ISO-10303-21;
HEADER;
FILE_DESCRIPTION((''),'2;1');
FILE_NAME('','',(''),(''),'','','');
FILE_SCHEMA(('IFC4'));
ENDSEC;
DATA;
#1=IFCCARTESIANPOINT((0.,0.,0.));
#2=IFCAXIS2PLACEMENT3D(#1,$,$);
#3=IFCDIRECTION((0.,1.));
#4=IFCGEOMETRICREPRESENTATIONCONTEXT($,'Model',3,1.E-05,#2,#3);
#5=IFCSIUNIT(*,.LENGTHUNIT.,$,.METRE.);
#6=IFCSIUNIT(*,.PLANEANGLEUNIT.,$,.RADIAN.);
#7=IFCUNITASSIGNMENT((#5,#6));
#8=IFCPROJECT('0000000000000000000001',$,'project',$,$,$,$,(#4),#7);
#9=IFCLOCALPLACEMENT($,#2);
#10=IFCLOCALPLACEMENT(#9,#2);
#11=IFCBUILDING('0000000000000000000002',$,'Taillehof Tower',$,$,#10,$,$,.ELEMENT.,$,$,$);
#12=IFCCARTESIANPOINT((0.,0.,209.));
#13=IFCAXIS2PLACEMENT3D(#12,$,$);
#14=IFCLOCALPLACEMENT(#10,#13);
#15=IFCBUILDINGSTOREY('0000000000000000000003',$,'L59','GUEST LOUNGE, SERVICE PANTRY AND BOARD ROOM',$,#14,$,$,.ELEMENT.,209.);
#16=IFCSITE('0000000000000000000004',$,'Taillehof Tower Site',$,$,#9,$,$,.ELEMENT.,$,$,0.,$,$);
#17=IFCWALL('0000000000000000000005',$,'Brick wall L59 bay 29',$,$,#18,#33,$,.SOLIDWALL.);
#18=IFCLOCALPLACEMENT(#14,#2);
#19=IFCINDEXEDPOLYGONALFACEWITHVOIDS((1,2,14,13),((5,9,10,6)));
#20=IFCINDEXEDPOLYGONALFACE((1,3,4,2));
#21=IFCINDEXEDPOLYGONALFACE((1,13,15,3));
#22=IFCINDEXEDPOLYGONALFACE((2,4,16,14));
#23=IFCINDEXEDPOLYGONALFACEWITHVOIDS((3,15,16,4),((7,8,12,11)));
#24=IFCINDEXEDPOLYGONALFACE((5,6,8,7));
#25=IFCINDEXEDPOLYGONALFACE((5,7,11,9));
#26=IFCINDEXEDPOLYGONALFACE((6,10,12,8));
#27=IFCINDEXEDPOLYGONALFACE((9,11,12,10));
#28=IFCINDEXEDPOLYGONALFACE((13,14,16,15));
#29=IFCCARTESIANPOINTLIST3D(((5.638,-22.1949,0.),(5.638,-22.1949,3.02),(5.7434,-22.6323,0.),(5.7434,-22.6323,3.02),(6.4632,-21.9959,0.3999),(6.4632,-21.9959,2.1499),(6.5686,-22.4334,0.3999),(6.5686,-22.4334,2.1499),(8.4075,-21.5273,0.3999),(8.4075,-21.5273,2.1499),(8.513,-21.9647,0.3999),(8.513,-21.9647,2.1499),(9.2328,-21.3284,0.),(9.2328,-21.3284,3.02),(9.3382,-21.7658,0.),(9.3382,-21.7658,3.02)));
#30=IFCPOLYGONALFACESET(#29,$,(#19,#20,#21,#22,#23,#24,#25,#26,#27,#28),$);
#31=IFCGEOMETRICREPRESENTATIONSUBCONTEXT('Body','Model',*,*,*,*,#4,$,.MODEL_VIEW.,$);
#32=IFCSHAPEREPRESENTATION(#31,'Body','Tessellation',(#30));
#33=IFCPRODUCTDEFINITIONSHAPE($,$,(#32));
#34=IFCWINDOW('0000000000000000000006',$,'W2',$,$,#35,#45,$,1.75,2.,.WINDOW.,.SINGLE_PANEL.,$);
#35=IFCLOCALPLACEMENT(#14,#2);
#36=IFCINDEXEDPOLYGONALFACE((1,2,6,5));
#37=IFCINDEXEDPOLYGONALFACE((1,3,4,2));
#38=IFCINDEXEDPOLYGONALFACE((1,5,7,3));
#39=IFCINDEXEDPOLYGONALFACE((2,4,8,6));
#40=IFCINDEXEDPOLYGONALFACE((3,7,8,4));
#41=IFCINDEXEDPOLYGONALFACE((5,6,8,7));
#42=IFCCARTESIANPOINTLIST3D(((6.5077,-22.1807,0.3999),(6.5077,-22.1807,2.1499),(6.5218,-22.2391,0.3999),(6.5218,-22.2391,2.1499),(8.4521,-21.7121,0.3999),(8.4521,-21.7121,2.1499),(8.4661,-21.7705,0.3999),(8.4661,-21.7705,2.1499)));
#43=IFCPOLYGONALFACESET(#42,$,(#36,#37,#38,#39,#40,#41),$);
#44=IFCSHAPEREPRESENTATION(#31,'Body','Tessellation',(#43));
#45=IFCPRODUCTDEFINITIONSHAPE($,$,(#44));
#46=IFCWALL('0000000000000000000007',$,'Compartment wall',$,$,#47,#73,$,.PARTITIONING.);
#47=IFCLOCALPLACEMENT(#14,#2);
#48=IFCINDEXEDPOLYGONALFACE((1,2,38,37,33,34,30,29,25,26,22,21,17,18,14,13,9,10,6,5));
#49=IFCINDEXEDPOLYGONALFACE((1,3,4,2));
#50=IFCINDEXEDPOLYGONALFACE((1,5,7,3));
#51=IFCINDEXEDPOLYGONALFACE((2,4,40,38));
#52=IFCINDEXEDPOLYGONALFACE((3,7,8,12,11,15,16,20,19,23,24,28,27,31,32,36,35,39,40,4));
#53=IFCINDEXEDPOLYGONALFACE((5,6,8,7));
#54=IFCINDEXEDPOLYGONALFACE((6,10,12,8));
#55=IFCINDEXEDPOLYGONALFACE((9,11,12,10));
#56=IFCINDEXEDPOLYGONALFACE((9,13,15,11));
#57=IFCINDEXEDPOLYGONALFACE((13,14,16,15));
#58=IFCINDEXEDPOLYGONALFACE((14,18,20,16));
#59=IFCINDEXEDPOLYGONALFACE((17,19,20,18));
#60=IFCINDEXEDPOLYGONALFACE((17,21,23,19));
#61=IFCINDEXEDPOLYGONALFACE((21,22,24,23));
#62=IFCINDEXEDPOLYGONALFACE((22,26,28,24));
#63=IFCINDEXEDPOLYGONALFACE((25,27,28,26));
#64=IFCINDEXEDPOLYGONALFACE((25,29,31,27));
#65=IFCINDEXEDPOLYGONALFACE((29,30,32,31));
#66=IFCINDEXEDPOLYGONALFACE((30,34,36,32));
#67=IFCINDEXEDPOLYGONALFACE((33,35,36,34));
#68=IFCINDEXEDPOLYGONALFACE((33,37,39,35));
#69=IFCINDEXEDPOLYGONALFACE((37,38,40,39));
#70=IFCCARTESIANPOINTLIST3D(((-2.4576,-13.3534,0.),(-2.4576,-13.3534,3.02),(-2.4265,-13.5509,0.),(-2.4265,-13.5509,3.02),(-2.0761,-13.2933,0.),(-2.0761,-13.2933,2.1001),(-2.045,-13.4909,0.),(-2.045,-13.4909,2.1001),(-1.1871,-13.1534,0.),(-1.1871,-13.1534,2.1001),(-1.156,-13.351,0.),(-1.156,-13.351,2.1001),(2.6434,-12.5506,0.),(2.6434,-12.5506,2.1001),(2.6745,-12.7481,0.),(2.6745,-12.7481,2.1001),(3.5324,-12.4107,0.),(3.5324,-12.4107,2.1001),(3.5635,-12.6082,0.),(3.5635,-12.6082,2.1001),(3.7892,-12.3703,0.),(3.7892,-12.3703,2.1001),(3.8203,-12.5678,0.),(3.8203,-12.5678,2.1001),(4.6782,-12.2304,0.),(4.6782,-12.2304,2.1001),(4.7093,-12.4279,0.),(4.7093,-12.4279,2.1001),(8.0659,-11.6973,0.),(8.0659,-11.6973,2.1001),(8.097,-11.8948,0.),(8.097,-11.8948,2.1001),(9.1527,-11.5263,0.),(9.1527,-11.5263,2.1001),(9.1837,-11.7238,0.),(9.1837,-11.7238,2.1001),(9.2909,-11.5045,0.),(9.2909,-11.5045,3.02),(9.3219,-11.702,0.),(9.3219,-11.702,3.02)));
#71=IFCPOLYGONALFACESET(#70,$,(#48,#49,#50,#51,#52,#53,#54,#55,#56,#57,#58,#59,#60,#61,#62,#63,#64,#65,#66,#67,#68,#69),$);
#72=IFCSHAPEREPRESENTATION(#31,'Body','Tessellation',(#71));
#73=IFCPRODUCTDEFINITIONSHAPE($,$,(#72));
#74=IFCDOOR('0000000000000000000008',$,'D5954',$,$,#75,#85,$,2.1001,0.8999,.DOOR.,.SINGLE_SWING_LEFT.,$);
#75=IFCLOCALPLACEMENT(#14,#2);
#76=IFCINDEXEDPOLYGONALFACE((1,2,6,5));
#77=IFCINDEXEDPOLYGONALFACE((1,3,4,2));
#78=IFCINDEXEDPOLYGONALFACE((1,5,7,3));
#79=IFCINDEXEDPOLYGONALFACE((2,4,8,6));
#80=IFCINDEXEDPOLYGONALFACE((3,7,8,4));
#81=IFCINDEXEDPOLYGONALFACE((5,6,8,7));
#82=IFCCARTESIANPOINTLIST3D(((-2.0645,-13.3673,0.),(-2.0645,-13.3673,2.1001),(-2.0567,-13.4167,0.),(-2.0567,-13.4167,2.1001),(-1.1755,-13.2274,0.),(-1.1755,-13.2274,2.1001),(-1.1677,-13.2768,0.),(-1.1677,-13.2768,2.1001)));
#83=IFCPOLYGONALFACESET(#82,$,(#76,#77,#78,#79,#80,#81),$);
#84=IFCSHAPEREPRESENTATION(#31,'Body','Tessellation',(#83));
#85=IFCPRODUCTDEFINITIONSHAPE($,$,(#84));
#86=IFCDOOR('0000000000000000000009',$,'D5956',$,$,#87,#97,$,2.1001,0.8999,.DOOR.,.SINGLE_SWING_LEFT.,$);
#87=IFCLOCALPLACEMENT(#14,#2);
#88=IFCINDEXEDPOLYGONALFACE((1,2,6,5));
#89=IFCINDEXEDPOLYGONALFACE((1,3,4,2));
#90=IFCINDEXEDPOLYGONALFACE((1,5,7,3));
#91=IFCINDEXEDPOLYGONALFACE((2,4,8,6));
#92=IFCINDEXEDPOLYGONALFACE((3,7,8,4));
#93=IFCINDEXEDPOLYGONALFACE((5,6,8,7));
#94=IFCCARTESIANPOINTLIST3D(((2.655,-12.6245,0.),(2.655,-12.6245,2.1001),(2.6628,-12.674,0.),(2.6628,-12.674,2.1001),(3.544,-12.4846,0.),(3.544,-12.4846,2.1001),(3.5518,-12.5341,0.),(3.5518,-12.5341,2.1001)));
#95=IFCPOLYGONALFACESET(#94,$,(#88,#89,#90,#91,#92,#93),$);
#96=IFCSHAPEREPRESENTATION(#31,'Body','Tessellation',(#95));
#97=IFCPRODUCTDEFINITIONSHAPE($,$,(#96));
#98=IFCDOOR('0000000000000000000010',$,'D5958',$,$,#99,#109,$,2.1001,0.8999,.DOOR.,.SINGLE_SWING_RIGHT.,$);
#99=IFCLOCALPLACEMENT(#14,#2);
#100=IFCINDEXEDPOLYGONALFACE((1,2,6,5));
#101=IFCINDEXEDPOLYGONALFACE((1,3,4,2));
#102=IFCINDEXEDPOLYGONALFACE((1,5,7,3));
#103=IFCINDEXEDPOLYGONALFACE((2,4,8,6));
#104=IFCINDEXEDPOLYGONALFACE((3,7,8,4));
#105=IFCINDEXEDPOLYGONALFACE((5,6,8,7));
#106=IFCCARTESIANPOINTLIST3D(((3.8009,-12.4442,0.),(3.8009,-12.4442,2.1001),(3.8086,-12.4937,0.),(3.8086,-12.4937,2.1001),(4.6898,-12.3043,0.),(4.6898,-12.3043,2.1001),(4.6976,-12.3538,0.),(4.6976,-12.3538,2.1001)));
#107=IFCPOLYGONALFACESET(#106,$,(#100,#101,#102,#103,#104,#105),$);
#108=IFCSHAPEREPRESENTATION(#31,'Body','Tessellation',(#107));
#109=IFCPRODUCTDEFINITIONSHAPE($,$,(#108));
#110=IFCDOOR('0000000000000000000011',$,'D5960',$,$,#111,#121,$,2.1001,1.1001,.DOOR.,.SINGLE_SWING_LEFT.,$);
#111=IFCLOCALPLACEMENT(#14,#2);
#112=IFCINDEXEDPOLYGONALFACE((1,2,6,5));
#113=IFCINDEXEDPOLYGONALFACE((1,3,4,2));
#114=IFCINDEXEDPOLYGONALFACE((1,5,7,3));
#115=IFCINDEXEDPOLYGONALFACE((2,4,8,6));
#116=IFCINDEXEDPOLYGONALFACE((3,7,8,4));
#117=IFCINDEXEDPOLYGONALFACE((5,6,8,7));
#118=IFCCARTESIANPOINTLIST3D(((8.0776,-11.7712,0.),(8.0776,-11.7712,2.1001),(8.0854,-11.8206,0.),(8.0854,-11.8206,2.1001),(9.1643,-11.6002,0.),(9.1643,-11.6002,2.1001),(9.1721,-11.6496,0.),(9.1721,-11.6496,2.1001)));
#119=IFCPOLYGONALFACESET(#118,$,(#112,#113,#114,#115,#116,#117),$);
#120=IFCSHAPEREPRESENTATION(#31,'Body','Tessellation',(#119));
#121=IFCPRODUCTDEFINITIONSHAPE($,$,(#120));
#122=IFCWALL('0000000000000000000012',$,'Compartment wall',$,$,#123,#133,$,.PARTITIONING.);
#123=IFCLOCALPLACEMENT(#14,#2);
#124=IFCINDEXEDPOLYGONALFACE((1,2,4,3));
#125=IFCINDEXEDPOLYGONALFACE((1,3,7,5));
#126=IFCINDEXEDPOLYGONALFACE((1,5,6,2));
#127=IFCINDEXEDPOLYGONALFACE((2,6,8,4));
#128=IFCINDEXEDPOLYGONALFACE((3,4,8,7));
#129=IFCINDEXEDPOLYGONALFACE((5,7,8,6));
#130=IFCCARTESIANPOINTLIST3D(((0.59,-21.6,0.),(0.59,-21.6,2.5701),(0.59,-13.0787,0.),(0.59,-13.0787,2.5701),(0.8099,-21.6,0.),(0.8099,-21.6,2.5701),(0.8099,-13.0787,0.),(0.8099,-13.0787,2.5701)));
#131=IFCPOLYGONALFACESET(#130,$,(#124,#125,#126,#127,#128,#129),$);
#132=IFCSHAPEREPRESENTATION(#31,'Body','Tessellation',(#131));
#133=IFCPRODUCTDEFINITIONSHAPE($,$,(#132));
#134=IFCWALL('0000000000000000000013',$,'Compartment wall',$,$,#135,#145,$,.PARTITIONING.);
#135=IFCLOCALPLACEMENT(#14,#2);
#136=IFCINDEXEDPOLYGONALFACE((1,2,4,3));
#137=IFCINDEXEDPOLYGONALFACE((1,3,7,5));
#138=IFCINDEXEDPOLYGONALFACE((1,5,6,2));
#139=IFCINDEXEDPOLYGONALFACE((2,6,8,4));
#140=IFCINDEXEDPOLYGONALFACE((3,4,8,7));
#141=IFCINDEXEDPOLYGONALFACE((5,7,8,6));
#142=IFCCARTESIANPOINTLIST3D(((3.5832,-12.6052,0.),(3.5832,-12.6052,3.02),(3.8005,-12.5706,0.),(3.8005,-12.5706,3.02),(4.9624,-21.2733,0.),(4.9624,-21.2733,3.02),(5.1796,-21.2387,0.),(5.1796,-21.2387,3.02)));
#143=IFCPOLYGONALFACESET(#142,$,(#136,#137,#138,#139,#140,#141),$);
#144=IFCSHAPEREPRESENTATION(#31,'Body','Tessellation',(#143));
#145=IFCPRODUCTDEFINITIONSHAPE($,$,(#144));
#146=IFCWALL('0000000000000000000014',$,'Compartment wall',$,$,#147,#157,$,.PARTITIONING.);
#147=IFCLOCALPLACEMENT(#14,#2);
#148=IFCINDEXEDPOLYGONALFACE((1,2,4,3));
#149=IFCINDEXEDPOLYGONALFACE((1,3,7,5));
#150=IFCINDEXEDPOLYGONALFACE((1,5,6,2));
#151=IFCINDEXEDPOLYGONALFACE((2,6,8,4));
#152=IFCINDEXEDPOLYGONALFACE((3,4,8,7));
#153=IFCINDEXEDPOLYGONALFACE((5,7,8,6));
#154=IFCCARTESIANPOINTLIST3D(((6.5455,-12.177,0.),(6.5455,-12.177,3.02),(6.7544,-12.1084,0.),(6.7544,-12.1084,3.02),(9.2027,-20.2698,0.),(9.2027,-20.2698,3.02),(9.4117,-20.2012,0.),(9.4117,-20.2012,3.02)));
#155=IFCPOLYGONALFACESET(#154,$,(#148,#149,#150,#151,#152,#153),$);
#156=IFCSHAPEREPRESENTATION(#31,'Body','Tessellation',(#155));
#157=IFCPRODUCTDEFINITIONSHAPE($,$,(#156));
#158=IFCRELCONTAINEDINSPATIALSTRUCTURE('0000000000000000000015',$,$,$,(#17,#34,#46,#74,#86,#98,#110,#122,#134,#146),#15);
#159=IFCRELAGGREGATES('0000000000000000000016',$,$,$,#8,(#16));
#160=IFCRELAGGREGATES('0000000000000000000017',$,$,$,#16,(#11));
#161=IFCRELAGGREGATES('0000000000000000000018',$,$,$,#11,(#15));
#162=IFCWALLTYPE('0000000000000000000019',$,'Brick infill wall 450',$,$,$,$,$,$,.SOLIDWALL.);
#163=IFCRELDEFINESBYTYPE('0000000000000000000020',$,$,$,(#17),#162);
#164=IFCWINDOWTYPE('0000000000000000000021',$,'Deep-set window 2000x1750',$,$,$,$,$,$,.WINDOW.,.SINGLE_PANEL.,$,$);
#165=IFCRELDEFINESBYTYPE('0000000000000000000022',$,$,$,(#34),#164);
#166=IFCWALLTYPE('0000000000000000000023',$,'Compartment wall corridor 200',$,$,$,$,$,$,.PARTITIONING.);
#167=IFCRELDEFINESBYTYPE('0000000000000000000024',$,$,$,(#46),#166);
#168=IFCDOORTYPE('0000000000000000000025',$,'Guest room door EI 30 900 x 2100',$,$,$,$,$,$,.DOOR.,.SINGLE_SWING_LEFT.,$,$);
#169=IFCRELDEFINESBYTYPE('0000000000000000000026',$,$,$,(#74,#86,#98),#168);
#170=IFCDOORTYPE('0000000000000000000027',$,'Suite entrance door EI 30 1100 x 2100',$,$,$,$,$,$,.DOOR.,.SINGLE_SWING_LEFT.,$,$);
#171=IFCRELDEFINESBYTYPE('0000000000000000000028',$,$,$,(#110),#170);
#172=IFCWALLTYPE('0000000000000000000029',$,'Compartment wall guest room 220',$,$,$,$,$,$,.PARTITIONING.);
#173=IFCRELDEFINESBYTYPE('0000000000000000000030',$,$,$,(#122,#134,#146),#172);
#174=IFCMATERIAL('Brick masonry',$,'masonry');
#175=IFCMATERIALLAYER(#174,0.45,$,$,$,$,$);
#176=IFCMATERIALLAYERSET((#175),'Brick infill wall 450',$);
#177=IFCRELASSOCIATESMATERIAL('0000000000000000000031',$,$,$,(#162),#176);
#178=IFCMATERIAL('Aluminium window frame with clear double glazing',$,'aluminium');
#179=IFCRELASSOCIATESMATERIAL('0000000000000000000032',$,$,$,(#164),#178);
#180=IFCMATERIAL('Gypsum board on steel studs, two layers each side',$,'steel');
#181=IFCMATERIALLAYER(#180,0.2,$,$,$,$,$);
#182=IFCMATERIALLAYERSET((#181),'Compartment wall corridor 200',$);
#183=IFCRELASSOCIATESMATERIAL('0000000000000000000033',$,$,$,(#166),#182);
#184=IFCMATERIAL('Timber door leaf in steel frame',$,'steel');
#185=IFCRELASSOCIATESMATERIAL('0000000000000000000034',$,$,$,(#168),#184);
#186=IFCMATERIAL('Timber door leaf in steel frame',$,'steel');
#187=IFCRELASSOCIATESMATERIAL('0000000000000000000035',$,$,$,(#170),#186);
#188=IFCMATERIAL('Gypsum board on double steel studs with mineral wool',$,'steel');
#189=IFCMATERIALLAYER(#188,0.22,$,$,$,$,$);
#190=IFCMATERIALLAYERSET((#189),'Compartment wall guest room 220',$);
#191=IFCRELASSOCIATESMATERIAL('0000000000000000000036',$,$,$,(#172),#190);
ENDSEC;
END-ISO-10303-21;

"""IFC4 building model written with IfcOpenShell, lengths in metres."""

from ifc_helpers import new_model, si_unit, direction, frame, frame_2d, origin, place, context, subcontext, project, spatial, rectangle, extrude, material, layer, layer_set, type_object, element, fill, save


model = new_model("IFC4")

# Units and contexts
model_context = context("Model", 3, precision=1e-05, world=origin(), true_north=direction((0.0, 1.0)))
body_context = subcontext(model_context, "Body", "Model", "MODEL_VIEW")
ifc_project = project(units=[si_unit("LENGTHUNIT", "METRE"), si_unit("PLANEANGLEUNIT", "RADIAN")], contexts=[model_context])

# Site, building, storey
site_placement = place(None, origin())
site = spatial("IfcSite", under=ifc_project, at=site_placement, Name="Taillehof Tower Site", CompositionType="ELEMENT", RefElevation=0.0)
building_placement = place(site_placement, origin())
building = spatial("IfcBuilding", under=site, at=building_placement, Name="Taillehof Tower", CompositionType="ELEMENT")
storey_placement = place(building_placement, frame((0.0, 0.0, 209.0)))
storey = spatial("IfcBuildingStorey", under=building, at=storey_placement, Name="L59", Description="GUEST LOUNGE, SERVICE PANTRY AND BOARD ROOM", CompositionType="ELEMENT", Elevation=209.0)

# Wall, opening, window
ifc_material_1 = material(Name="Brick masonry", Category="masonry")
ifc_layer_1 = layer(ifc_material_1, 0.45)
ifc_layer_set_1 = layer_set([ifc_layer_1], Name="Brick infill wall 450")
wall_type_1 = type_object("IfcWallType", Name="Brick infill wall 450", PredefinedType="SOLIDWALL", material=ifc_layer_set_1)
ifc_material_2 = material(Name="Aluminium window frame with clear double glazing", Category="aluminium")
window_type = type_object("IfcWindowType", Name="Deep-set window 2000x1750", PartitioningType="SINGLE_PANEL", PredefinedType="WINDOW", material=ifc_material_2)
wall_1_placement = place(storey_placement, frame((5.6907, -22.4136, 0.0), z_axis=(0.0, 0.0, 1.0), x_axis=(0.972158, 0.234324, 0.0)))
wall_1 = element("IfcWall", 1, at=wall_1_placement, inside=storey, type_object=wall_type_1, Name="Brick wall L59 bay 29", PredefinedType="SOLIDWALL", context=body_context, shape_type="SweptSolid", body=[
    extrude(rectangle(XDim=3.6978, YDim=0.45, at=frame_2d((1.8489, 0.0))), origin(), (0.0, 0.0, 1.0), 3.02),
])
opening_1_placement = place(wall_1_placement, frame((0.8489, 0.0, 0.3999)))
opening_1 = element("IfcOpeningElement", 2, at=opening_1_placement, cuts=wall_1, PredefinedType="OPENING", context=body_context, shape_type="SweptSolid", body=[
    extrude(rectangle(XDim=2.0, YDim=1.75, at=frame_2d((1.0, 0.875))), frame((0.0, 0.2349, 0.0), z_axis=(0.0, -1.0, 0.0), x_axis=(1.0, 0.0, 0.0)), (0.0, 0.0, 1.0), 0.47),
])
window_1_placement = place(opening_1_placement, origin())
window_1 = element("IfcWindow", 3, at=window_1_placement, inside=storey, type_object=window_type, Name="W2", OverallHeight=1.75, OverallWidth=2.0, PartitioningType="SINGLE_PANEL", PredefinedType="WINDOW", context=body_context, shape_type="SweptSolid", body=[
    extrude(rectangle(XDim=2.0, YDim=1.75, at=frame_2d((1.0, 0.875))), frame((0.0, 0.0349, 0.0), z_axis=(0.0, -1.0, 0.0), x_axis=(1.0, 0.0, 0.0)), (0.0, 0.0, 1.0), 0.0601),
])
fill(opening_1, window_1)

# Wall, openings, doors
ifc_material_3 = material(Name="Gypsum board on steel studs, two layers each side", Category="steel")
ifc_layer_2 = layer(ifc_material_3, 0.2)
ifc_layer_set_2 = layer_set([ifc_layer_2], Name="Compartment wall corridor 200")
wall_type_2 = type_object("IfcWallType", Name="Compartment wall corridor 200", PredefinedType="PARTITIONING", material=ifc_layer_set_2)
wall_2_placement = place(storey_placement, frame((9.3064, -11.6033, 0.0), z_axis=(0.0, 0.0, 1.0), x_axis=(-0.987843, -0.155458, 0.0)))
wall_2 = element("IfcWall", 4, at=wall_2_placement, inside=storey, type_object=wall_type_2, Name="Compartment wall", PredefinedType="PARTITIONING", context=body_context, shape_type="SweptSolid", body=[
    extrude(rectangle(XDim=11.8931, YDim=0.2, at=frame_2d((5.9465, 0.0))), origin(), (0.0, 0.0, 1.0), 3.02),
])
opening_2_placement = place(wall_2_placement, frame((10.6069, 0.0, 0.0)))
opening_2 = element("IfcOpeningElement", 5, at=opening_2_placement, cuts=wall_2, PredefinedType="OPENING", context=body_context, shape_type="SweptSolid", body=[
    extrude(rectangle(XDim=0.8999, YDim=2.1001, at=frame_2d((0.45, 1.05))), frame((0.0, 0.1099, 0.0), z_axis=(0.0, -1.0, 0.0), x_axis=(1.0, 0.0, 0.0)), (0.0, 0.0, 1.0), 0.22),
])
opening_3_placement = place(wall_2_placement, frame((5.8293, 0.0, 0.0)))
opening_3 = element("IfcOpeningElement", 6, at=opening_3_placement, cuts=wall_2, PredefinedType="OPENING", context=body_context, shape_type="SweptSolid", body=[
    extrude(rectangle(XDim=0.8999, YDim=2.1001, at=frame_2d((0.45, 1.05))), frame((0.0, 0.1099, 0.0), z_axis=(0.0, -1.0, 0.0), x_axis=(1.0, 0.0, 0.0)), (0.0, 0.0, 1.0), 0.22),
])
opening_4_placement = place(wall_2_placement, frame((4.6694, 0.0, 0.0)))
opening_4 = element("IfcOpeningElement", 7, at=opening_4_placement, cuts=wall_2, PredefinedType="OPENING", context=body_context, shape_type="SweptSolid", body=[
    extrude(rectangle(XDim=0.8999, YDim=2.1001, at=frame_2d((0.45, 1.05))), frame((0.0, 0.1099, 0.0), z_axis=(0.0, -1.0, 0.0), x_axis=(1.0, 0.0, 0.0)), (0.0, 0.0, 1.0), 0.22),
])
opening_5_placement = place(wall_2_placement, frame((0.1399, 0.0, 0.0)))
opening_5 = element("IfcOpeningElement", 8, at=opening_5_placement, cuts=wall_2, PredefinedType="OPENING", context=body_context, shape_type="SweptSolid", body=[
    extrude(rectangle(XDim=1.1001, YDim=2.1001, at=frame_2d((0.55, 1.05))), frame((0.0, 0.1099, 0.0), z_axis=(0.0, -1.0, 0.0), x_axis=(1.0, 0.0, 0.0)), (0.0, 0.0, 1.0), 0.22),
])
ifc_material_4 = material(Name="Timber door leaf in steel frame", Category="steel")
door_type_1 = type_object("IfcDoorType", Name="Guest room door EI 30 900 x 2100", OperationType="SINGLE_SWING_LEFT", PredefinedType="DOOR", material=ifc_material_4)
door_1_placement = place(opening_2_placement, origin())
door_1 = element("IfcDoor", 9, at=door_1_placement, inside=storey, type_object=door_type_1, Name="D5954", OperationType="SINGLE_SWING_LEFT", OverallHeight=2.1001, OverallWidth=0.8999, PredefinedType="DOOR", context=body_context, shape_type="SweptSolid", body=[
    extrude(rectangle(XDim=0.8999, YDim=2.1001, at=frame_2d((0.45, 1.05))), frame((0.0, 0.0249, 0.0), z_axis=(0.0, -1.0, 0.0), x_axis=(1.0, 0.0, 0.0)), (0.0, 0.0, 1.0), 0.05),
])
fill(opening_2, door_1)
door_2_placement = place(opening_3_placement, origin())
door_2 = element("IfcDoor", 10, at=door_2_placement, inside=storey, type_object=door_type_1, Name="D5956", OperationType="SINGLE_SWING_LEFT", OverallHeight=2.1001, OverallWidth=0.8999, PredefinedType="DOOR", context=body_context, shape_type="SweptSolid", body=[
    extrude(rectangle(XDim=0.8999, YDim=2.1001, at=frame_2d((0.45, 1.05))), frame((0.0, 0.0249, 0.0), z_axis=(0.0, -1.0, 0.0), x_axis=(1.0, 0.0, 0.0)), (0.0, 0.0, 1.0), 0.05),
])
fill(opening_3, door_2)
door_3_placement = place(opening_4_placement, origin())
door_3 = element("IfcDoor", 11, at=door_3_placement, inside=storey, type_object=door_type_1, Name="D5958", OperationType="SINGLE_SWING_RIGHT", OverallHeight=2.1001, OverallWidth=0.8999, PredefinedType="DOOR", context=body_context, shape_type="SweptSolid", body=[
    extrude(rectangle(XDim=0.8999, YDim=2.1001, at=frame_2d((0.45, 1.05))), frame((0.0, 0.0249, 0.0), z_axis=(0.0, -1.0, 0.0), x_axis=(1.0, 0.0, 0.0)), (0.0, 0.0, 1.0), 0.05),
])
fill(opening_4, door_3)
ifc_material_5 = material(Name="Timber door leaf in steel frame", Category="steel")
door_type_2 = type_object("IfcDoorType", Name="Suite entrance door EI 30 1100 x 2100", OperationType="SINGLE_SWING_LEFT", PredefinedType="DOOR", material=ifc_material_5)
door_4_placement = place(opening_5_placement, origin())
door_4 = element("IfcDoor", 12, at=door_4_placement, inside=storey, type_object=door_type_2, Name="D5960", OperationType="SINGLE_SWING_LEFT", OverallHeight=2.1001, OverallWidth=1.1001, PredefinedType="DOOR", context=body_context, shape_type="SweptSolid", body=[
    extrude(rectangle(XDim=1.1001, YDim=2.1001, at=frame_2d((0.55, 1.05))), frame((0.0, 0.0249, 0.0), z_axis=(0.0, -1.0, 0.0), x_axis=(1.0, 0.0, 0.0)), (0.0, 0.0, 1.0), 0.05),
])
fill(opening_5, door_4)

# Walls
ifc_material_6 = material(Name="Gypsum board on double steel studs with mineral wool", Category="steel")
ifc_layer_3 = layer(ifc_material_6, 0.22)
ifc_layer_set_3 = layer_set([ifc_layer_3], Name="Compartment wall guest room 220")
wall_type_3 = type_object("IfcWallType", Name="Compartment wall guest room 220", PredefinedType="PARTITIONING", material=ifc_layer_set_3)
wall_3_placement = place(storey_placement, frame((0.7, -21.6001, 0.0), z_axis=(0.0, 0.0, 1.0), x_axis=(0.0, 1.0, 0.0)))
element("IfcWall", 13, at=wall_3_placement, inside=storey, type_object=wall_type_3, Name="Compartment wall", PredefinedType="PARTITIONING", context=body_context, shape_type="SweptSolid", body=[
    extrude(rectangle(XDim=8.5212, YDim=0.22, at=frame_2d((4.2607, 0.0))), origin(), (0.0, 0.0, 1.0), 2.5701),
])
wall_4_placement = place(storey_placement, frame((5.071, -21.2561, 0.0), z_axis=(0.0, 0.0, 1.0), x_axis=(-0.157132, 0.987578, 0.0)))
element("IfcWall", 14, at=wall_4_placement, inside=storey, type_object=wall_type_3, Name="Compartment wall", PredefinedType="PARTITIONING", context=body_context, shape_type="SweptSolid", body=[
    extrude(rectangle(XDim=8.7771, YDim=0.22, at=frame_2d((4.3887, 0.0))), origin(), (0.0, 0.0, 1.0), 3.02),
])
wall_5_placement = place(storey_placement, frame((9.3071, -20.2354, 0.0), z_axis=(0.0, 0.0, 1.0), x_axis=(-0.31196, 0.950095, 0.0)))
element("IfcWall", 15, at=wall_5_placement, inside=storey, type_object=wall_type_3, Name="Compartment wall", PredefinedType="PARTITIONING", context=body_context, shape_type="SweptSolid", body=[
    extrude(rectangle(XDim=8.5178, YDim=0.22, at=frame_2d((4.2588, 0.0))), origin(), (0.0, 0.0, 1.0), 3.02),
])

save(model, "model.ifc")
